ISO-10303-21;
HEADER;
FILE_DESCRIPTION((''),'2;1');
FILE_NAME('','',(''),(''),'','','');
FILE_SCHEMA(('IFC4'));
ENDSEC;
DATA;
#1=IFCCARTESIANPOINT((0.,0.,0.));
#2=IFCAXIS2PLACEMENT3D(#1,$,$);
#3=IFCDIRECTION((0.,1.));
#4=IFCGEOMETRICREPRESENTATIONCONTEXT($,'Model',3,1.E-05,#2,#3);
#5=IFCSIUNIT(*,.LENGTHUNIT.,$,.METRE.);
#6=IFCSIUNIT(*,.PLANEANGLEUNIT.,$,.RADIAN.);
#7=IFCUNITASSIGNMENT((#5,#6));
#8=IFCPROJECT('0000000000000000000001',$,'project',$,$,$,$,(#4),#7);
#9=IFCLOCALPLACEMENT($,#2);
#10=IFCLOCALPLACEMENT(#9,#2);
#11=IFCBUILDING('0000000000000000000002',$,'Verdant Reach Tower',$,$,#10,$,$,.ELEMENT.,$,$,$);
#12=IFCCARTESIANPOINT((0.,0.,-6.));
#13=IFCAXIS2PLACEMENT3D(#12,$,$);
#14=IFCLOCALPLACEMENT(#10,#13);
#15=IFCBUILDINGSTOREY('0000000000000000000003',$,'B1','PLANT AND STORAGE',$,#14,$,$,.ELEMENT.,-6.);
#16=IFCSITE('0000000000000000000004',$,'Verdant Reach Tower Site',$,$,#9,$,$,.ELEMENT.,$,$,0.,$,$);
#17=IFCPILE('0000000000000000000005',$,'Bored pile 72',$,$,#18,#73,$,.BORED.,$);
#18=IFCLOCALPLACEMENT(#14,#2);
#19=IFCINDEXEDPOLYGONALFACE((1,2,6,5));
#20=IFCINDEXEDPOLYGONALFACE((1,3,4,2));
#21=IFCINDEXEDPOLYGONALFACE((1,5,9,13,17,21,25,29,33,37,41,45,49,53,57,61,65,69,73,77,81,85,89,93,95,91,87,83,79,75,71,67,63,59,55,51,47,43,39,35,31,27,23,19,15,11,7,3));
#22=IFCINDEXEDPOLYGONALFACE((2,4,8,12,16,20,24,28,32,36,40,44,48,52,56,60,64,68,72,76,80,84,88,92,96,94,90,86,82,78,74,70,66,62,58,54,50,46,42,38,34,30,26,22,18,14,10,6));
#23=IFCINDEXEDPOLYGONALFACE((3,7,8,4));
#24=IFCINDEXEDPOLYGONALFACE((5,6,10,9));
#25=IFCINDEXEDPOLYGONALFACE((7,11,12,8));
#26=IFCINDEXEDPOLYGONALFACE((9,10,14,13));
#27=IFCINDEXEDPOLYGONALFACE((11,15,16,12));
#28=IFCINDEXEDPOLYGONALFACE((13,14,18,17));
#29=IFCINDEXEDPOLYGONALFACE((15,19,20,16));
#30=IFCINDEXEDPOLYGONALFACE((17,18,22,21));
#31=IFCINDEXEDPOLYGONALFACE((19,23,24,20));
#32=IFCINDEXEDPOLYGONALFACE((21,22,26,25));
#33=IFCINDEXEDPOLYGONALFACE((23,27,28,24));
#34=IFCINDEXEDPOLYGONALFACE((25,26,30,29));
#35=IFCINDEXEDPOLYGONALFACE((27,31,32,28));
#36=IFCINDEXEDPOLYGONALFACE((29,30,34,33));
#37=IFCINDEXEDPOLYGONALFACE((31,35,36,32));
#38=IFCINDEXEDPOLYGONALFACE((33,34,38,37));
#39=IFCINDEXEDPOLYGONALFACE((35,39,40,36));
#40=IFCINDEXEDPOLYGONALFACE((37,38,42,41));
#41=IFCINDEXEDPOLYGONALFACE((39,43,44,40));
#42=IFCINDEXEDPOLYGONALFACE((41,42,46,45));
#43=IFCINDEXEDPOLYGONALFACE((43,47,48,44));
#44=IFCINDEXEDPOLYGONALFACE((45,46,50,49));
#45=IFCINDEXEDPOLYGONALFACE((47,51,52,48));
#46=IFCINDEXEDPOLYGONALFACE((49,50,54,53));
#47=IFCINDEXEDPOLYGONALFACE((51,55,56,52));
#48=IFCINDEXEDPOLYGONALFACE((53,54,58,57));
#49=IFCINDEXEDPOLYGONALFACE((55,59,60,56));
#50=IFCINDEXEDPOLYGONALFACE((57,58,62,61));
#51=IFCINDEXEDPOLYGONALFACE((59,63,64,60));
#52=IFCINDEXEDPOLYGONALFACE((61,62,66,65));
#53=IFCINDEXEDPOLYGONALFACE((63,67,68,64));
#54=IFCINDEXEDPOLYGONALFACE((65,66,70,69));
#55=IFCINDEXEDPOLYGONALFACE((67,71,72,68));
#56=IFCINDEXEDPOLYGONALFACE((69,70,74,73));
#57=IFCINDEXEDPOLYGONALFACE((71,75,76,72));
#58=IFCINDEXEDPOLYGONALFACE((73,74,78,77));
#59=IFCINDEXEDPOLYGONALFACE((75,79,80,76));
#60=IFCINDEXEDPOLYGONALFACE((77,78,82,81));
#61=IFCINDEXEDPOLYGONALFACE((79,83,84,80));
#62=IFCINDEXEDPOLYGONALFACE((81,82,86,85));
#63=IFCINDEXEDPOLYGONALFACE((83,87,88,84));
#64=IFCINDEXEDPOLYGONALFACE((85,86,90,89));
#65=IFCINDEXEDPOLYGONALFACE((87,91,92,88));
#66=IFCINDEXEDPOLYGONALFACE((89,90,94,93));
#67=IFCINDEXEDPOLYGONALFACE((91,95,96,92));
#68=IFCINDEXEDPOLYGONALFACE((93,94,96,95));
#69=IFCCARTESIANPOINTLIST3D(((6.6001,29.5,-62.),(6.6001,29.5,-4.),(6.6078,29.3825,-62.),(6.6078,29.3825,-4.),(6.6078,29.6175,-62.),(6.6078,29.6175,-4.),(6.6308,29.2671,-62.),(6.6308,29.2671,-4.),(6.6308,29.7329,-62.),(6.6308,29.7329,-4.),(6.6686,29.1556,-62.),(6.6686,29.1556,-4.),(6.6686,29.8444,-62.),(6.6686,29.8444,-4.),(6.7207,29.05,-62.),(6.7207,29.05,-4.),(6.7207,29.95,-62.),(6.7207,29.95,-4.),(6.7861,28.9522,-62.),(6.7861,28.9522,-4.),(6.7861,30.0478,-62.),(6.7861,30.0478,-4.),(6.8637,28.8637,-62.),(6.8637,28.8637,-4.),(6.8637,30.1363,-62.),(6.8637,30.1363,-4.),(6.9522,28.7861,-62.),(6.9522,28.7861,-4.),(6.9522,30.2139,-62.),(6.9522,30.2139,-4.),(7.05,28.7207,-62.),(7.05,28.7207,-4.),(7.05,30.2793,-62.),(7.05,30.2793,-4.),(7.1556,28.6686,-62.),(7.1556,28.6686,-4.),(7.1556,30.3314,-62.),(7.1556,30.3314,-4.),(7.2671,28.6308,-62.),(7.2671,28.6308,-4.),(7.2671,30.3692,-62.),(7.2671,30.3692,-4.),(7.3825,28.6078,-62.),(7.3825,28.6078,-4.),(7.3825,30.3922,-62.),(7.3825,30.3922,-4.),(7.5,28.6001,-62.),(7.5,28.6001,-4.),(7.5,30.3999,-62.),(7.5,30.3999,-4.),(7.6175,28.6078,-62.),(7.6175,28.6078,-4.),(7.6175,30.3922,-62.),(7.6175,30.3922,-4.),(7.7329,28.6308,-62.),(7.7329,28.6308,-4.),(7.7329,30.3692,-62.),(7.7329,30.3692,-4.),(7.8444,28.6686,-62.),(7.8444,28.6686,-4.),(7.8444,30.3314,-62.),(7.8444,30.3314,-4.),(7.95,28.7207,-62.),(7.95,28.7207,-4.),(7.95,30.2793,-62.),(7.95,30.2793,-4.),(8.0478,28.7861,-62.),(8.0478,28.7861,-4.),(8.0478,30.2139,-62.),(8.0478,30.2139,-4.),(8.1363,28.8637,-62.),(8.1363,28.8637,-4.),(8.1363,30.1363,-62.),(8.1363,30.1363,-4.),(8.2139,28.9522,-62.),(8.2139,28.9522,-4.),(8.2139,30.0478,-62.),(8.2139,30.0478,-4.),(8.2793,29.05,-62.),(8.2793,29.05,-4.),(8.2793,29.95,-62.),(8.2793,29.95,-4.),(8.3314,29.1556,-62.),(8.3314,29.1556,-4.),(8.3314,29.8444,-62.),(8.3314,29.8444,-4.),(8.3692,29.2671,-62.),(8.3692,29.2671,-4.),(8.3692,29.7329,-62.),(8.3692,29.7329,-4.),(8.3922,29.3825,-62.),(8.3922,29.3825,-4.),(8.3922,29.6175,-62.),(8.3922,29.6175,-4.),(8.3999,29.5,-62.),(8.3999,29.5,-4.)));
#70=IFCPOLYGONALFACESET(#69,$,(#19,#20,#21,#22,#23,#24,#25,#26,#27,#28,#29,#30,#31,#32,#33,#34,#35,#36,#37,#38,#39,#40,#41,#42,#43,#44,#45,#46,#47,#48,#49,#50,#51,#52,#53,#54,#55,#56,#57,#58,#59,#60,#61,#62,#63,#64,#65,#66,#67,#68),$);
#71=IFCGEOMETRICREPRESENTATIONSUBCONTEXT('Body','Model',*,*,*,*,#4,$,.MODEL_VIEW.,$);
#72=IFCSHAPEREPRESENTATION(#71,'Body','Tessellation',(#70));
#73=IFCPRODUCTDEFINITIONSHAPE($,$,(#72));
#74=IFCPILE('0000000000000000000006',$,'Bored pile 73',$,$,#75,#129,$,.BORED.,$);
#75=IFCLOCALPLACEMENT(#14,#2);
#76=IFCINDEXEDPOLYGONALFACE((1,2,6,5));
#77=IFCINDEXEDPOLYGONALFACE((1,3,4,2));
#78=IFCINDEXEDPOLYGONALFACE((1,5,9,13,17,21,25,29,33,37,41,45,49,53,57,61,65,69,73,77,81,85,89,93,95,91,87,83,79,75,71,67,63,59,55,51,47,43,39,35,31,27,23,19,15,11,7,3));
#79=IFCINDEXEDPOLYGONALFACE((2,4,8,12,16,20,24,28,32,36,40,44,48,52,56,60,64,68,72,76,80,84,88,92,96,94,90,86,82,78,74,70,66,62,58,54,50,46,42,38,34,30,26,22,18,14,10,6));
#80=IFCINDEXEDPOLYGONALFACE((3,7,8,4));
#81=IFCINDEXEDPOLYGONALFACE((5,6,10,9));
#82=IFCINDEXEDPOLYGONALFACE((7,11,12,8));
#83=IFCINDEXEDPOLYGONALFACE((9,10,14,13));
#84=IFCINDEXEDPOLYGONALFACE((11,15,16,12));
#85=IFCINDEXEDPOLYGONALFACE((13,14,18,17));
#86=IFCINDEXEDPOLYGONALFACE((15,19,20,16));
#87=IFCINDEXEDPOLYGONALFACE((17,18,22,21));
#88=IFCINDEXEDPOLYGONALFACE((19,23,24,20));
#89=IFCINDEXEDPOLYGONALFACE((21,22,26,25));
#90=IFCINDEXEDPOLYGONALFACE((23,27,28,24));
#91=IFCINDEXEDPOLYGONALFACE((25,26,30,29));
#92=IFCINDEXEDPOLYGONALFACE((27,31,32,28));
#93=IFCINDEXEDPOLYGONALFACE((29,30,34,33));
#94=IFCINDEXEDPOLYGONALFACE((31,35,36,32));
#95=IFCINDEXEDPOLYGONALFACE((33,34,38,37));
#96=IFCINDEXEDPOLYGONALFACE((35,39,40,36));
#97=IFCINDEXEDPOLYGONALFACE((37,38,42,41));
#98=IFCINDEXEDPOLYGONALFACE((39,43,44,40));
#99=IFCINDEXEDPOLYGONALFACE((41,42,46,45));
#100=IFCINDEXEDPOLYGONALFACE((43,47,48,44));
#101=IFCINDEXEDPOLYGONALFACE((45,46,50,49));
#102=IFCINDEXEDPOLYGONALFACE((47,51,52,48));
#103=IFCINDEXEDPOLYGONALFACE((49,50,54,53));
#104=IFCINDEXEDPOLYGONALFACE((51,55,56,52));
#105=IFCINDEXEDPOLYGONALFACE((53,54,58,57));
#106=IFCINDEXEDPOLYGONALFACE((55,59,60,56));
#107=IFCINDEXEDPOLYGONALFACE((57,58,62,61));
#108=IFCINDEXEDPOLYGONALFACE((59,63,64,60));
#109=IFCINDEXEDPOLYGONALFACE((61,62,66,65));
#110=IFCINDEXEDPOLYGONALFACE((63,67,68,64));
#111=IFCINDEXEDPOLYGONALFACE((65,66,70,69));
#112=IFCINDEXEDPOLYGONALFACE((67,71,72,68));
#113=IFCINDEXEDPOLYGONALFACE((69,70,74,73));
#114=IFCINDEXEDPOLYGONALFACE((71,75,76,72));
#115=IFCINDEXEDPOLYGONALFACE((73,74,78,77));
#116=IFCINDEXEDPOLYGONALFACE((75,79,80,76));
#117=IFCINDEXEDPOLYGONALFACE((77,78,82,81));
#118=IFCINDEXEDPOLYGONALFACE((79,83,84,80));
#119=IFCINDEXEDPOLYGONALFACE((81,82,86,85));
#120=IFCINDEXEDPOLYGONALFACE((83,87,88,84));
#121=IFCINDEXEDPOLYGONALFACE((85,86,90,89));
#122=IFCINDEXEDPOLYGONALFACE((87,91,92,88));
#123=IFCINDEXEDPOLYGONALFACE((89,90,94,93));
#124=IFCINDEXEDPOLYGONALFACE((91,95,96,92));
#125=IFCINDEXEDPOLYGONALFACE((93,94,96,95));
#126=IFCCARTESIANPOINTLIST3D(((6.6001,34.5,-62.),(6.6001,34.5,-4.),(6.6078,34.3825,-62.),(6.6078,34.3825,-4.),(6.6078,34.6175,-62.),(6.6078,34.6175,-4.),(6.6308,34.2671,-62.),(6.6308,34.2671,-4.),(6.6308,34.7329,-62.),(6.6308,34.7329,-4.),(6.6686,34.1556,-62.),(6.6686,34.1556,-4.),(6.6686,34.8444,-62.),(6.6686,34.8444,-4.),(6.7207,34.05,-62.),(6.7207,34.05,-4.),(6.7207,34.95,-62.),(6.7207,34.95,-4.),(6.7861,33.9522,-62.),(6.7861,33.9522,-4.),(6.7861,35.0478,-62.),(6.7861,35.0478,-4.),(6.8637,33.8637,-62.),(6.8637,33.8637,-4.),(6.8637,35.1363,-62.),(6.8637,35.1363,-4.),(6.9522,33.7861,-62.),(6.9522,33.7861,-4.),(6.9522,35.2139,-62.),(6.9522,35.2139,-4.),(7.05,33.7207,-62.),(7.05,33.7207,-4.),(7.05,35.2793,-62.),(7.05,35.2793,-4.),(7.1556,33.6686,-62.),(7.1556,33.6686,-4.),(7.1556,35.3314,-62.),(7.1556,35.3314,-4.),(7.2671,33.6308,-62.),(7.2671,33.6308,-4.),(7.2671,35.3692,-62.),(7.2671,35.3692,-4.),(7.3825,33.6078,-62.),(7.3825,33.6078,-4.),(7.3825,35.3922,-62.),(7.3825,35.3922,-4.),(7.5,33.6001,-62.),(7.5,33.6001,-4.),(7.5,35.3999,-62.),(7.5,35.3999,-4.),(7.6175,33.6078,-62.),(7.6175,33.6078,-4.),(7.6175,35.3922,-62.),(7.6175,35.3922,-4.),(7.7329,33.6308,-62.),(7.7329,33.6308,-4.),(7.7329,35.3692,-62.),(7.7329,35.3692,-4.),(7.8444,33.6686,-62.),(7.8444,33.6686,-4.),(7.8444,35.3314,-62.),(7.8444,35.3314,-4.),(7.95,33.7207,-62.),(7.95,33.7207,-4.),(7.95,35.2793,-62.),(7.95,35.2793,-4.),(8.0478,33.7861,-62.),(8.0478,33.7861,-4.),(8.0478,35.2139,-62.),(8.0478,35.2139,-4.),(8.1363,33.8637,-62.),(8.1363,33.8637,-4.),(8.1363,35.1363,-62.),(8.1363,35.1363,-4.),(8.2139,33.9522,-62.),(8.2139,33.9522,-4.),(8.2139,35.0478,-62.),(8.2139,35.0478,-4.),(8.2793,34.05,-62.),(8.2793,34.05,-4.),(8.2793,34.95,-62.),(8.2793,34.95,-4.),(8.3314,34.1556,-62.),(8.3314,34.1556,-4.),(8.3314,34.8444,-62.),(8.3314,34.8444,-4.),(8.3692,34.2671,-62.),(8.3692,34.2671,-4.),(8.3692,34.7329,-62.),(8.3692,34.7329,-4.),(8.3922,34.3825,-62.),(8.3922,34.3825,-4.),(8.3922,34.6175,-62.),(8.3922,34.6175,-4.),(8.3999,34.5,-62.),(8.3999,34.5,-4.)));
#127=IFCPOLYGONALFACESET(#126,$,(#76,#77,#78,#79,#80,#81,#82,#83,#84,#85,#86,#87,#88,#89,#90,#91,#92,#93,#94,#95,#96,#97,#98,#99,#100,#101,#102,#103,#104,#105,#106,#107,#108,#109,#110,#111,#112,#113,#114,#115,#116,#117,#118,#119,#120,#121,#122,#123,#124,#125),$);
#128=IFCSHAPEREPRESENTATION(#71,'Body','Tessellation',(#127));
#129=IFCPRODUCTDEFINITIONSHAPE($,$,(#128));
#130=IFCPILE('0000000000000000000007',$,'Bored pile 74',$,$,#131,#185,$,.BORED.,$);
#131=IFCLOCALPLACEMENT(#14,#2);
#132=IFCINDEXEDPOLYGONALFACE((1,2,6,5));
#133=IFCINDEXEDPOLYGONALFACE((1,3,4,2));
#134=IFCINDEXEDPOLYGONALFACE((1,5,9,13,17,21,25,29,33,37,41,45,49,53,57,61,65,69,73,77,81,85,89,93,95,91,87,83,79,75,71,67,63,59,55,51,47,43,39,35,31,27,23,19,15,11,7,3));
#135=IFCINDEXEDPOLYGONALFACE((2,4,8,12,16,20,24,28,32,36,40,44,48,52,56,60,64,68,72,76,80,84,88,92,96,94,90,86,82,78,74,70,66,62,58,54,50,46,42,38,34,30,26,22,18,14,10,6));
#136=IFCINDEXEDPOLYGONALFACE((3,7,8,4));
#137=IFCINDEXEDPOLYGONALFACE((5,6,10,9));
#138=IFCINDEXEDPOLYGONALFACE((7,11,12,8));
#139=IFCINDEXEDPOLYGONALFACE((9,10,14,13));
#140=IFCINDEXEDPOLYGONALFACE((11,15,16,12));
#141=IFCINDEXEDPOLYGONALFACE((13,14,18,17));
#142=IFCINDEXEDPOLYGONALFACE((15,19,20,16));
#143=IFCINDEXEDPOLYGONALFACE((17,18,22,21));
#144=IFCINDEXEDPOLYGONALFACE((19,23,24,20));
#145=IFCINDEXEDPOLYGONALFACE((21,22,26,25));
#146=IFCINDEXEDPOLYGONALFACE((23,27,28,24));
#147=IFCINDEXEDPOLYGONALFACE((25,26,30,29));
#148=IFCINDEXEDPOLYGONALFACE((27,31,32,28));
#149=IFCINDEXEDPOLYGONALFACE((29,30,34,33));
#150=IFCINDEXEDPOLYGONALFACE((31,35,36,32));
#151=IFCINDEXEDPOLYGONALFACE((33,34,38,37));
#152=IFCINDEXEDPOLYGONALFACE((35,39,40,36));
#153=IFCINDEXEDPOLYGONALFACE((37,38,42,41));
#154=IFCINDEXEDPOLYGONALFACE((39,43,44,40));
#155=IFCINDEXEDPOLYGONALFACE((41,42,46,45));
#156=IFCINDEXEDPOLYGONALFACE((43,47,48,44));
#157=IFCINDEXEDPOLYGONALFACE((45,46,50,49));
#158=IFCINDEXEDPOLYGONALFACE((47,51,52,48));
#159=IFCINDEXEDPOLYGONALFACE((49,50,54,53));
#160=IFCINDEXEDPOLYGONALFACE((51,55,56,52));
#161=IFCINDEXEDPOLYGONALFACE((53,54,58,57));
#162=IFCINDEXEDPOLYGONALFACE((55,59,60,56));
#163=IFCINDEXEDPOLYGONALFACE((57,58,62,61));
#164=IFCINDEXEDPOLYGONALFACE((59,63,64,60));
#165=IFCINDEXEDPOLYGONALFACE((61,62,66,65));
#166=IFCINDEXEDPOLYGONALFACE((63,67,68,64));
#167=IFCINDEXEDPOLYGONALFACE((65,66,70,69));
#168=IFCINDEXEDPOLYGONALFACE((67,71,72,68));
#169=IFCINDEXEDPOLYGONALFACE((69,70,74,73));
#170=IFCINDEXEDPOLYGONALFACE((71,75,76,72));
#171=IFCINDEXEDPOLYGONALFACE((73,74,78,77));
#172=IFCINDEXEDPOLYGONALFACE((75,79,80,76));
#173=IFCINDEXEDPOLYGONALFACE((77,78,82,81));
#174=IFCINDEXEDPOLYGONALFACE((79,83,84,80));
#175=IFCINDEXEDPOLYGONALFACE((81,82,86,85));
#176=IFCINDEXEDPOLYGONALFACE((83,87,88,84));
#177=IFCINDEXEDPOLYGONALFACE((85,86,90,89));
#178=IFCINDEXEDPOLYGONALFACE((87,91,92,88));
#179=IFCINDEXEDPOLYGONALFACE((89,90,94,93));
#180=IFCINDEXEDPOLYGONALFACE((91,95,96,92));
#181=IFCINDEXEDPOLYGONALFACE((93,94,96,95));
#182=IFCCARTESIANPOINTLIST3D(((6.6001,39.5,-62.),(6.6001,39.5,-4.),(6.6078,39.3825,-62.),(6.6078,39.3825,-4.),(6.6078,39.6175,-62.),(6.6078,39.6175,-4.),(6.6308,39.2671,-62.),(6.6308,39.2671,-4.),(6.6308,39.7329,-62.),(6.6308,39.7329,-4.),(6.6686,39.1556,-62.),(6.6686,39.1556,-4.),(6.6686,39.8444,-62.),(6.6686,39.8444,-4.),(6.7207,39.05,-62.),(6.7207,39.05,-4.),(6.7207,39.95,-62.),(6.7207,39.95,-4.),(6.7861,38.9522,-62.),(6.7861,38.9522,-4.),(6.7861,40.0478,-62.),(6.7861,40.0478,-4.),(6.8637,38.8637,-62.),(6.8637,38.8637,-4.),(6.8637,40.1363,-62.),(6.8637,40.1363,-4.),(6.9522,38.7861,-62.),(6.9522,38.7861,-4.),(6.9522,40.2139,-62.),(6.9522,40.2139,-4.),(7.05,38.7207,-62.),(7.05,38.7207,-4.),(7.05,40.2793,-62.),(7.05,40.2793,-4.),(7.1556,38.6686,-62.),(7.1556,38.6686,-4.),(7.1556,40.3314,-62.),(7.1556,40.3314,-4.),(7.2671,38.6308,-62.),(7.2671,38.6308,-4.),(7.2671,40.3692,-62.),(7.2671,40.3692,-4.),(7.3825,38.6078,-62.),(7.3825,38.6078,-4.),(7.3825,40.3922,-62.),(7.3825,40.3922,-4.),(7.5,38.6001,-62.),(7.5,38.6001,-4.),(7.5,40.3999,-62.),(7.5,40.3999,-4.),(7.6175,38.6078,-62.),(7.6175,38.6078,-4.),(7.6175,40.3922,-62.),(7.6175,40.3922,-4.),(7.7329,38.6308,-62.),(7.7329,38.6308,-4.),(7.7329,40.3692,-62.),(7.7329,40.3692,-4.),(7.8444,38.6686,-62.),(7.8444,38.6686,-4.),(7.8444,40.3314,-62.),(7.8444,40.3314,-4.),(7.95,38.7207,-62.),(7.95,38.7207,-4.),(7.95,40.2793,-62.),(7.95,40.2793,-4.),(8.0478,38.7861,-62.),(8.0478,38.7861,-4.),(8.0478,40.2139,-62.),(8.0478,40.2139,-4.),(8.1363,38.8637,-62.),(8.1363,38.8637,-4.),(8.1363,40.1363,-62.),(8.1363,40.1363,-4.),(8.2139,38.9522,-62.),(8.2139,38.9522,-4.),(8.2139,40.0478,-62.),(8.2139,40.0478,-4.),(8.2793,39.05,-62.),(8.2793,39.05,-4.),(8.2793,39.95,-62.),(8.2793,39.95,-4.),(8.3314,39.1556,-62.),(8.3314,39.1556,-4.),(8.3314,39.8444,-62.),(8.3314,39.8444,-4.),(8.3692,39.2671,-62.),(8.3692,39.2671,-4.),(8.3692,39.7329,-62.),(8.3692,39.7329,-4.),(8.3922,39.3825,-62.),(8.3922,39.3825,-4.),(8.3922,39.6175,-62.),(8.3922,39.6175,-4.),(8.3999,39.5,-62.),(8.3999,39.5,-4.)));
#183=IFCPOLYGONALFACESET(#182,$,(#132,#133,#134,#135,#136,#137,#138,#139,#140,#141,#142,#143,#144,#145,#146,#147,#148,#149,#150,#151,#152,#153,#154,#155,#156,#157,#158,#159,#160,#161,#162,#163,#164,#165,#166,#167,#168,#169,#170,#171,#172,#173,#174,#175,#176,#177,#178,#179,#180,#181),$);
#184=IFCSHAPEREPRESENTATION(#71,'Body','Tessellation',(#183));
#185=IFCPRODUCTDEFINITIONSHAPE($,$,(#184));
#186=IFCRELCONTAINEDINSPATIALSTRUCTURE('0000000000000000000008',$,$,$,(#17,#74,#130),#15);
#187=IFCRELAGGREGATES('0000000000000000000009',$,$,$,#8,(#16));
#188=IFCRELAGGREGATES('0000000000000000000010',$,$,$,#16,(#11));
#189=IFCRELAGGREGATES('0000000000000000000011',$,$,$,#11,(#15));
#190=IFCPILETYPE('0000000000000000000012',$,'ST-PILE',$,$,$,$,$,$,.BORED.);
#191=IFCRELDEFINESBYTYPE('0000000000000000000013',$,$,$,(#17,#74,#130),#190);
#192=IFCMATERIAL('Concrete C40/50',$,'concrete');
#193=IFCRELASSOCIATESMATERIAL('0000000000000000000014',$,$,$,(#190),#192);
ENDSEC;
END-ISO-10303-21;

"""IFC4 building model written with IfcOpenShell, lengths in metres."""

from ifc_helpers import new_model, si_unit, direction, frame, origin, origin_2d, place, context, subcontext, project, spatial, circle, extrude, material, material_profile, profile_set, type_object, element, save


model = new_model("IFC4")

# Units and contexts
model_context = context("Model", 3, precision=1e-05, world=origin(), true_north=direction((0.0, 1.0)))
body_context = subcontext(model_context, "Body", "Model", "MODEL_VIEW")
ifc_project = project(units=[si_unit("LENGTHUNIT", "METRE"), si_unit("PLANEANGLEUNIT", "RADIAN")], contexts=[model_context])

# Site, building, storey
site_placement = place(None, origin())
site = spatial("IfcSite", under=ifc_project, at=site_placement, Name="Verdant Reach Tower Site", CompositionType="ELEMENT", RefElevation=0.0)
building_placement = place(site_placement, origin())
building = spatial("IfcBuilding", under=site, at=building_placement, Name="Verdant Reach Tower", CompositionType="ELEMENT")
storey_placement = place(building_placement, frame((0.0, 0.0, -6.0)))
storey = spatial("IfcBuildingStorey", under=building, at=storey_placement, Name="B1", Description="PLANT AND STORAGE", CompositionType="ELEMENT", Elevation=-6.0)

# Piles
ifc_material_1 = material(Name="Concrete C40/50", Category="concrete")
ifc_material_profile_1 = material_profile(ifc_material_1, circle(Radius=0.8999, at=origin_2d()), Name="BP 1800")
ifc_profile_set_1 = profile_set([ifc_material_profile_1], Name="Concrete C40/50")
pile_type = type_object("IfcPileType", Name="ST-PILE", PredefinedType="BORED", material=ifc_profile_set_1)
for number, where, z_axis, x_axis, name in (
    (1, (7.5, 29.5, -4.0), (0.0, 0.0, -1.0), (1.0, 0.0, 0.0), "Bored pile 72"),
    (2, (7.5, 34.5, -4.0), (0.0, 0.0, -1.0), (1.0, 0.0, 0.0), "Bored pile 73"),
    (3, (7.5, 39.5, -4.0), (0.0, 0.0, -1.0), (1.0, 0.0, 0.0), "Bored pile 74"),
):
    element("IfcPile", number, at=place(storey_placement, frame(where, z_axis=z_axis, x_axis=x_axis)), inside=storey, type_object=pile_type, Name=name, PredefinedType="BORED", context=body_context, shape_type="SweptSolid", body=[
        extrude(circle(Radius=0.8999, at=origin_2d()), origin(), (0.0, 0.0, 1.0), 58.0),
    ])

save(model, "model.ifc")
